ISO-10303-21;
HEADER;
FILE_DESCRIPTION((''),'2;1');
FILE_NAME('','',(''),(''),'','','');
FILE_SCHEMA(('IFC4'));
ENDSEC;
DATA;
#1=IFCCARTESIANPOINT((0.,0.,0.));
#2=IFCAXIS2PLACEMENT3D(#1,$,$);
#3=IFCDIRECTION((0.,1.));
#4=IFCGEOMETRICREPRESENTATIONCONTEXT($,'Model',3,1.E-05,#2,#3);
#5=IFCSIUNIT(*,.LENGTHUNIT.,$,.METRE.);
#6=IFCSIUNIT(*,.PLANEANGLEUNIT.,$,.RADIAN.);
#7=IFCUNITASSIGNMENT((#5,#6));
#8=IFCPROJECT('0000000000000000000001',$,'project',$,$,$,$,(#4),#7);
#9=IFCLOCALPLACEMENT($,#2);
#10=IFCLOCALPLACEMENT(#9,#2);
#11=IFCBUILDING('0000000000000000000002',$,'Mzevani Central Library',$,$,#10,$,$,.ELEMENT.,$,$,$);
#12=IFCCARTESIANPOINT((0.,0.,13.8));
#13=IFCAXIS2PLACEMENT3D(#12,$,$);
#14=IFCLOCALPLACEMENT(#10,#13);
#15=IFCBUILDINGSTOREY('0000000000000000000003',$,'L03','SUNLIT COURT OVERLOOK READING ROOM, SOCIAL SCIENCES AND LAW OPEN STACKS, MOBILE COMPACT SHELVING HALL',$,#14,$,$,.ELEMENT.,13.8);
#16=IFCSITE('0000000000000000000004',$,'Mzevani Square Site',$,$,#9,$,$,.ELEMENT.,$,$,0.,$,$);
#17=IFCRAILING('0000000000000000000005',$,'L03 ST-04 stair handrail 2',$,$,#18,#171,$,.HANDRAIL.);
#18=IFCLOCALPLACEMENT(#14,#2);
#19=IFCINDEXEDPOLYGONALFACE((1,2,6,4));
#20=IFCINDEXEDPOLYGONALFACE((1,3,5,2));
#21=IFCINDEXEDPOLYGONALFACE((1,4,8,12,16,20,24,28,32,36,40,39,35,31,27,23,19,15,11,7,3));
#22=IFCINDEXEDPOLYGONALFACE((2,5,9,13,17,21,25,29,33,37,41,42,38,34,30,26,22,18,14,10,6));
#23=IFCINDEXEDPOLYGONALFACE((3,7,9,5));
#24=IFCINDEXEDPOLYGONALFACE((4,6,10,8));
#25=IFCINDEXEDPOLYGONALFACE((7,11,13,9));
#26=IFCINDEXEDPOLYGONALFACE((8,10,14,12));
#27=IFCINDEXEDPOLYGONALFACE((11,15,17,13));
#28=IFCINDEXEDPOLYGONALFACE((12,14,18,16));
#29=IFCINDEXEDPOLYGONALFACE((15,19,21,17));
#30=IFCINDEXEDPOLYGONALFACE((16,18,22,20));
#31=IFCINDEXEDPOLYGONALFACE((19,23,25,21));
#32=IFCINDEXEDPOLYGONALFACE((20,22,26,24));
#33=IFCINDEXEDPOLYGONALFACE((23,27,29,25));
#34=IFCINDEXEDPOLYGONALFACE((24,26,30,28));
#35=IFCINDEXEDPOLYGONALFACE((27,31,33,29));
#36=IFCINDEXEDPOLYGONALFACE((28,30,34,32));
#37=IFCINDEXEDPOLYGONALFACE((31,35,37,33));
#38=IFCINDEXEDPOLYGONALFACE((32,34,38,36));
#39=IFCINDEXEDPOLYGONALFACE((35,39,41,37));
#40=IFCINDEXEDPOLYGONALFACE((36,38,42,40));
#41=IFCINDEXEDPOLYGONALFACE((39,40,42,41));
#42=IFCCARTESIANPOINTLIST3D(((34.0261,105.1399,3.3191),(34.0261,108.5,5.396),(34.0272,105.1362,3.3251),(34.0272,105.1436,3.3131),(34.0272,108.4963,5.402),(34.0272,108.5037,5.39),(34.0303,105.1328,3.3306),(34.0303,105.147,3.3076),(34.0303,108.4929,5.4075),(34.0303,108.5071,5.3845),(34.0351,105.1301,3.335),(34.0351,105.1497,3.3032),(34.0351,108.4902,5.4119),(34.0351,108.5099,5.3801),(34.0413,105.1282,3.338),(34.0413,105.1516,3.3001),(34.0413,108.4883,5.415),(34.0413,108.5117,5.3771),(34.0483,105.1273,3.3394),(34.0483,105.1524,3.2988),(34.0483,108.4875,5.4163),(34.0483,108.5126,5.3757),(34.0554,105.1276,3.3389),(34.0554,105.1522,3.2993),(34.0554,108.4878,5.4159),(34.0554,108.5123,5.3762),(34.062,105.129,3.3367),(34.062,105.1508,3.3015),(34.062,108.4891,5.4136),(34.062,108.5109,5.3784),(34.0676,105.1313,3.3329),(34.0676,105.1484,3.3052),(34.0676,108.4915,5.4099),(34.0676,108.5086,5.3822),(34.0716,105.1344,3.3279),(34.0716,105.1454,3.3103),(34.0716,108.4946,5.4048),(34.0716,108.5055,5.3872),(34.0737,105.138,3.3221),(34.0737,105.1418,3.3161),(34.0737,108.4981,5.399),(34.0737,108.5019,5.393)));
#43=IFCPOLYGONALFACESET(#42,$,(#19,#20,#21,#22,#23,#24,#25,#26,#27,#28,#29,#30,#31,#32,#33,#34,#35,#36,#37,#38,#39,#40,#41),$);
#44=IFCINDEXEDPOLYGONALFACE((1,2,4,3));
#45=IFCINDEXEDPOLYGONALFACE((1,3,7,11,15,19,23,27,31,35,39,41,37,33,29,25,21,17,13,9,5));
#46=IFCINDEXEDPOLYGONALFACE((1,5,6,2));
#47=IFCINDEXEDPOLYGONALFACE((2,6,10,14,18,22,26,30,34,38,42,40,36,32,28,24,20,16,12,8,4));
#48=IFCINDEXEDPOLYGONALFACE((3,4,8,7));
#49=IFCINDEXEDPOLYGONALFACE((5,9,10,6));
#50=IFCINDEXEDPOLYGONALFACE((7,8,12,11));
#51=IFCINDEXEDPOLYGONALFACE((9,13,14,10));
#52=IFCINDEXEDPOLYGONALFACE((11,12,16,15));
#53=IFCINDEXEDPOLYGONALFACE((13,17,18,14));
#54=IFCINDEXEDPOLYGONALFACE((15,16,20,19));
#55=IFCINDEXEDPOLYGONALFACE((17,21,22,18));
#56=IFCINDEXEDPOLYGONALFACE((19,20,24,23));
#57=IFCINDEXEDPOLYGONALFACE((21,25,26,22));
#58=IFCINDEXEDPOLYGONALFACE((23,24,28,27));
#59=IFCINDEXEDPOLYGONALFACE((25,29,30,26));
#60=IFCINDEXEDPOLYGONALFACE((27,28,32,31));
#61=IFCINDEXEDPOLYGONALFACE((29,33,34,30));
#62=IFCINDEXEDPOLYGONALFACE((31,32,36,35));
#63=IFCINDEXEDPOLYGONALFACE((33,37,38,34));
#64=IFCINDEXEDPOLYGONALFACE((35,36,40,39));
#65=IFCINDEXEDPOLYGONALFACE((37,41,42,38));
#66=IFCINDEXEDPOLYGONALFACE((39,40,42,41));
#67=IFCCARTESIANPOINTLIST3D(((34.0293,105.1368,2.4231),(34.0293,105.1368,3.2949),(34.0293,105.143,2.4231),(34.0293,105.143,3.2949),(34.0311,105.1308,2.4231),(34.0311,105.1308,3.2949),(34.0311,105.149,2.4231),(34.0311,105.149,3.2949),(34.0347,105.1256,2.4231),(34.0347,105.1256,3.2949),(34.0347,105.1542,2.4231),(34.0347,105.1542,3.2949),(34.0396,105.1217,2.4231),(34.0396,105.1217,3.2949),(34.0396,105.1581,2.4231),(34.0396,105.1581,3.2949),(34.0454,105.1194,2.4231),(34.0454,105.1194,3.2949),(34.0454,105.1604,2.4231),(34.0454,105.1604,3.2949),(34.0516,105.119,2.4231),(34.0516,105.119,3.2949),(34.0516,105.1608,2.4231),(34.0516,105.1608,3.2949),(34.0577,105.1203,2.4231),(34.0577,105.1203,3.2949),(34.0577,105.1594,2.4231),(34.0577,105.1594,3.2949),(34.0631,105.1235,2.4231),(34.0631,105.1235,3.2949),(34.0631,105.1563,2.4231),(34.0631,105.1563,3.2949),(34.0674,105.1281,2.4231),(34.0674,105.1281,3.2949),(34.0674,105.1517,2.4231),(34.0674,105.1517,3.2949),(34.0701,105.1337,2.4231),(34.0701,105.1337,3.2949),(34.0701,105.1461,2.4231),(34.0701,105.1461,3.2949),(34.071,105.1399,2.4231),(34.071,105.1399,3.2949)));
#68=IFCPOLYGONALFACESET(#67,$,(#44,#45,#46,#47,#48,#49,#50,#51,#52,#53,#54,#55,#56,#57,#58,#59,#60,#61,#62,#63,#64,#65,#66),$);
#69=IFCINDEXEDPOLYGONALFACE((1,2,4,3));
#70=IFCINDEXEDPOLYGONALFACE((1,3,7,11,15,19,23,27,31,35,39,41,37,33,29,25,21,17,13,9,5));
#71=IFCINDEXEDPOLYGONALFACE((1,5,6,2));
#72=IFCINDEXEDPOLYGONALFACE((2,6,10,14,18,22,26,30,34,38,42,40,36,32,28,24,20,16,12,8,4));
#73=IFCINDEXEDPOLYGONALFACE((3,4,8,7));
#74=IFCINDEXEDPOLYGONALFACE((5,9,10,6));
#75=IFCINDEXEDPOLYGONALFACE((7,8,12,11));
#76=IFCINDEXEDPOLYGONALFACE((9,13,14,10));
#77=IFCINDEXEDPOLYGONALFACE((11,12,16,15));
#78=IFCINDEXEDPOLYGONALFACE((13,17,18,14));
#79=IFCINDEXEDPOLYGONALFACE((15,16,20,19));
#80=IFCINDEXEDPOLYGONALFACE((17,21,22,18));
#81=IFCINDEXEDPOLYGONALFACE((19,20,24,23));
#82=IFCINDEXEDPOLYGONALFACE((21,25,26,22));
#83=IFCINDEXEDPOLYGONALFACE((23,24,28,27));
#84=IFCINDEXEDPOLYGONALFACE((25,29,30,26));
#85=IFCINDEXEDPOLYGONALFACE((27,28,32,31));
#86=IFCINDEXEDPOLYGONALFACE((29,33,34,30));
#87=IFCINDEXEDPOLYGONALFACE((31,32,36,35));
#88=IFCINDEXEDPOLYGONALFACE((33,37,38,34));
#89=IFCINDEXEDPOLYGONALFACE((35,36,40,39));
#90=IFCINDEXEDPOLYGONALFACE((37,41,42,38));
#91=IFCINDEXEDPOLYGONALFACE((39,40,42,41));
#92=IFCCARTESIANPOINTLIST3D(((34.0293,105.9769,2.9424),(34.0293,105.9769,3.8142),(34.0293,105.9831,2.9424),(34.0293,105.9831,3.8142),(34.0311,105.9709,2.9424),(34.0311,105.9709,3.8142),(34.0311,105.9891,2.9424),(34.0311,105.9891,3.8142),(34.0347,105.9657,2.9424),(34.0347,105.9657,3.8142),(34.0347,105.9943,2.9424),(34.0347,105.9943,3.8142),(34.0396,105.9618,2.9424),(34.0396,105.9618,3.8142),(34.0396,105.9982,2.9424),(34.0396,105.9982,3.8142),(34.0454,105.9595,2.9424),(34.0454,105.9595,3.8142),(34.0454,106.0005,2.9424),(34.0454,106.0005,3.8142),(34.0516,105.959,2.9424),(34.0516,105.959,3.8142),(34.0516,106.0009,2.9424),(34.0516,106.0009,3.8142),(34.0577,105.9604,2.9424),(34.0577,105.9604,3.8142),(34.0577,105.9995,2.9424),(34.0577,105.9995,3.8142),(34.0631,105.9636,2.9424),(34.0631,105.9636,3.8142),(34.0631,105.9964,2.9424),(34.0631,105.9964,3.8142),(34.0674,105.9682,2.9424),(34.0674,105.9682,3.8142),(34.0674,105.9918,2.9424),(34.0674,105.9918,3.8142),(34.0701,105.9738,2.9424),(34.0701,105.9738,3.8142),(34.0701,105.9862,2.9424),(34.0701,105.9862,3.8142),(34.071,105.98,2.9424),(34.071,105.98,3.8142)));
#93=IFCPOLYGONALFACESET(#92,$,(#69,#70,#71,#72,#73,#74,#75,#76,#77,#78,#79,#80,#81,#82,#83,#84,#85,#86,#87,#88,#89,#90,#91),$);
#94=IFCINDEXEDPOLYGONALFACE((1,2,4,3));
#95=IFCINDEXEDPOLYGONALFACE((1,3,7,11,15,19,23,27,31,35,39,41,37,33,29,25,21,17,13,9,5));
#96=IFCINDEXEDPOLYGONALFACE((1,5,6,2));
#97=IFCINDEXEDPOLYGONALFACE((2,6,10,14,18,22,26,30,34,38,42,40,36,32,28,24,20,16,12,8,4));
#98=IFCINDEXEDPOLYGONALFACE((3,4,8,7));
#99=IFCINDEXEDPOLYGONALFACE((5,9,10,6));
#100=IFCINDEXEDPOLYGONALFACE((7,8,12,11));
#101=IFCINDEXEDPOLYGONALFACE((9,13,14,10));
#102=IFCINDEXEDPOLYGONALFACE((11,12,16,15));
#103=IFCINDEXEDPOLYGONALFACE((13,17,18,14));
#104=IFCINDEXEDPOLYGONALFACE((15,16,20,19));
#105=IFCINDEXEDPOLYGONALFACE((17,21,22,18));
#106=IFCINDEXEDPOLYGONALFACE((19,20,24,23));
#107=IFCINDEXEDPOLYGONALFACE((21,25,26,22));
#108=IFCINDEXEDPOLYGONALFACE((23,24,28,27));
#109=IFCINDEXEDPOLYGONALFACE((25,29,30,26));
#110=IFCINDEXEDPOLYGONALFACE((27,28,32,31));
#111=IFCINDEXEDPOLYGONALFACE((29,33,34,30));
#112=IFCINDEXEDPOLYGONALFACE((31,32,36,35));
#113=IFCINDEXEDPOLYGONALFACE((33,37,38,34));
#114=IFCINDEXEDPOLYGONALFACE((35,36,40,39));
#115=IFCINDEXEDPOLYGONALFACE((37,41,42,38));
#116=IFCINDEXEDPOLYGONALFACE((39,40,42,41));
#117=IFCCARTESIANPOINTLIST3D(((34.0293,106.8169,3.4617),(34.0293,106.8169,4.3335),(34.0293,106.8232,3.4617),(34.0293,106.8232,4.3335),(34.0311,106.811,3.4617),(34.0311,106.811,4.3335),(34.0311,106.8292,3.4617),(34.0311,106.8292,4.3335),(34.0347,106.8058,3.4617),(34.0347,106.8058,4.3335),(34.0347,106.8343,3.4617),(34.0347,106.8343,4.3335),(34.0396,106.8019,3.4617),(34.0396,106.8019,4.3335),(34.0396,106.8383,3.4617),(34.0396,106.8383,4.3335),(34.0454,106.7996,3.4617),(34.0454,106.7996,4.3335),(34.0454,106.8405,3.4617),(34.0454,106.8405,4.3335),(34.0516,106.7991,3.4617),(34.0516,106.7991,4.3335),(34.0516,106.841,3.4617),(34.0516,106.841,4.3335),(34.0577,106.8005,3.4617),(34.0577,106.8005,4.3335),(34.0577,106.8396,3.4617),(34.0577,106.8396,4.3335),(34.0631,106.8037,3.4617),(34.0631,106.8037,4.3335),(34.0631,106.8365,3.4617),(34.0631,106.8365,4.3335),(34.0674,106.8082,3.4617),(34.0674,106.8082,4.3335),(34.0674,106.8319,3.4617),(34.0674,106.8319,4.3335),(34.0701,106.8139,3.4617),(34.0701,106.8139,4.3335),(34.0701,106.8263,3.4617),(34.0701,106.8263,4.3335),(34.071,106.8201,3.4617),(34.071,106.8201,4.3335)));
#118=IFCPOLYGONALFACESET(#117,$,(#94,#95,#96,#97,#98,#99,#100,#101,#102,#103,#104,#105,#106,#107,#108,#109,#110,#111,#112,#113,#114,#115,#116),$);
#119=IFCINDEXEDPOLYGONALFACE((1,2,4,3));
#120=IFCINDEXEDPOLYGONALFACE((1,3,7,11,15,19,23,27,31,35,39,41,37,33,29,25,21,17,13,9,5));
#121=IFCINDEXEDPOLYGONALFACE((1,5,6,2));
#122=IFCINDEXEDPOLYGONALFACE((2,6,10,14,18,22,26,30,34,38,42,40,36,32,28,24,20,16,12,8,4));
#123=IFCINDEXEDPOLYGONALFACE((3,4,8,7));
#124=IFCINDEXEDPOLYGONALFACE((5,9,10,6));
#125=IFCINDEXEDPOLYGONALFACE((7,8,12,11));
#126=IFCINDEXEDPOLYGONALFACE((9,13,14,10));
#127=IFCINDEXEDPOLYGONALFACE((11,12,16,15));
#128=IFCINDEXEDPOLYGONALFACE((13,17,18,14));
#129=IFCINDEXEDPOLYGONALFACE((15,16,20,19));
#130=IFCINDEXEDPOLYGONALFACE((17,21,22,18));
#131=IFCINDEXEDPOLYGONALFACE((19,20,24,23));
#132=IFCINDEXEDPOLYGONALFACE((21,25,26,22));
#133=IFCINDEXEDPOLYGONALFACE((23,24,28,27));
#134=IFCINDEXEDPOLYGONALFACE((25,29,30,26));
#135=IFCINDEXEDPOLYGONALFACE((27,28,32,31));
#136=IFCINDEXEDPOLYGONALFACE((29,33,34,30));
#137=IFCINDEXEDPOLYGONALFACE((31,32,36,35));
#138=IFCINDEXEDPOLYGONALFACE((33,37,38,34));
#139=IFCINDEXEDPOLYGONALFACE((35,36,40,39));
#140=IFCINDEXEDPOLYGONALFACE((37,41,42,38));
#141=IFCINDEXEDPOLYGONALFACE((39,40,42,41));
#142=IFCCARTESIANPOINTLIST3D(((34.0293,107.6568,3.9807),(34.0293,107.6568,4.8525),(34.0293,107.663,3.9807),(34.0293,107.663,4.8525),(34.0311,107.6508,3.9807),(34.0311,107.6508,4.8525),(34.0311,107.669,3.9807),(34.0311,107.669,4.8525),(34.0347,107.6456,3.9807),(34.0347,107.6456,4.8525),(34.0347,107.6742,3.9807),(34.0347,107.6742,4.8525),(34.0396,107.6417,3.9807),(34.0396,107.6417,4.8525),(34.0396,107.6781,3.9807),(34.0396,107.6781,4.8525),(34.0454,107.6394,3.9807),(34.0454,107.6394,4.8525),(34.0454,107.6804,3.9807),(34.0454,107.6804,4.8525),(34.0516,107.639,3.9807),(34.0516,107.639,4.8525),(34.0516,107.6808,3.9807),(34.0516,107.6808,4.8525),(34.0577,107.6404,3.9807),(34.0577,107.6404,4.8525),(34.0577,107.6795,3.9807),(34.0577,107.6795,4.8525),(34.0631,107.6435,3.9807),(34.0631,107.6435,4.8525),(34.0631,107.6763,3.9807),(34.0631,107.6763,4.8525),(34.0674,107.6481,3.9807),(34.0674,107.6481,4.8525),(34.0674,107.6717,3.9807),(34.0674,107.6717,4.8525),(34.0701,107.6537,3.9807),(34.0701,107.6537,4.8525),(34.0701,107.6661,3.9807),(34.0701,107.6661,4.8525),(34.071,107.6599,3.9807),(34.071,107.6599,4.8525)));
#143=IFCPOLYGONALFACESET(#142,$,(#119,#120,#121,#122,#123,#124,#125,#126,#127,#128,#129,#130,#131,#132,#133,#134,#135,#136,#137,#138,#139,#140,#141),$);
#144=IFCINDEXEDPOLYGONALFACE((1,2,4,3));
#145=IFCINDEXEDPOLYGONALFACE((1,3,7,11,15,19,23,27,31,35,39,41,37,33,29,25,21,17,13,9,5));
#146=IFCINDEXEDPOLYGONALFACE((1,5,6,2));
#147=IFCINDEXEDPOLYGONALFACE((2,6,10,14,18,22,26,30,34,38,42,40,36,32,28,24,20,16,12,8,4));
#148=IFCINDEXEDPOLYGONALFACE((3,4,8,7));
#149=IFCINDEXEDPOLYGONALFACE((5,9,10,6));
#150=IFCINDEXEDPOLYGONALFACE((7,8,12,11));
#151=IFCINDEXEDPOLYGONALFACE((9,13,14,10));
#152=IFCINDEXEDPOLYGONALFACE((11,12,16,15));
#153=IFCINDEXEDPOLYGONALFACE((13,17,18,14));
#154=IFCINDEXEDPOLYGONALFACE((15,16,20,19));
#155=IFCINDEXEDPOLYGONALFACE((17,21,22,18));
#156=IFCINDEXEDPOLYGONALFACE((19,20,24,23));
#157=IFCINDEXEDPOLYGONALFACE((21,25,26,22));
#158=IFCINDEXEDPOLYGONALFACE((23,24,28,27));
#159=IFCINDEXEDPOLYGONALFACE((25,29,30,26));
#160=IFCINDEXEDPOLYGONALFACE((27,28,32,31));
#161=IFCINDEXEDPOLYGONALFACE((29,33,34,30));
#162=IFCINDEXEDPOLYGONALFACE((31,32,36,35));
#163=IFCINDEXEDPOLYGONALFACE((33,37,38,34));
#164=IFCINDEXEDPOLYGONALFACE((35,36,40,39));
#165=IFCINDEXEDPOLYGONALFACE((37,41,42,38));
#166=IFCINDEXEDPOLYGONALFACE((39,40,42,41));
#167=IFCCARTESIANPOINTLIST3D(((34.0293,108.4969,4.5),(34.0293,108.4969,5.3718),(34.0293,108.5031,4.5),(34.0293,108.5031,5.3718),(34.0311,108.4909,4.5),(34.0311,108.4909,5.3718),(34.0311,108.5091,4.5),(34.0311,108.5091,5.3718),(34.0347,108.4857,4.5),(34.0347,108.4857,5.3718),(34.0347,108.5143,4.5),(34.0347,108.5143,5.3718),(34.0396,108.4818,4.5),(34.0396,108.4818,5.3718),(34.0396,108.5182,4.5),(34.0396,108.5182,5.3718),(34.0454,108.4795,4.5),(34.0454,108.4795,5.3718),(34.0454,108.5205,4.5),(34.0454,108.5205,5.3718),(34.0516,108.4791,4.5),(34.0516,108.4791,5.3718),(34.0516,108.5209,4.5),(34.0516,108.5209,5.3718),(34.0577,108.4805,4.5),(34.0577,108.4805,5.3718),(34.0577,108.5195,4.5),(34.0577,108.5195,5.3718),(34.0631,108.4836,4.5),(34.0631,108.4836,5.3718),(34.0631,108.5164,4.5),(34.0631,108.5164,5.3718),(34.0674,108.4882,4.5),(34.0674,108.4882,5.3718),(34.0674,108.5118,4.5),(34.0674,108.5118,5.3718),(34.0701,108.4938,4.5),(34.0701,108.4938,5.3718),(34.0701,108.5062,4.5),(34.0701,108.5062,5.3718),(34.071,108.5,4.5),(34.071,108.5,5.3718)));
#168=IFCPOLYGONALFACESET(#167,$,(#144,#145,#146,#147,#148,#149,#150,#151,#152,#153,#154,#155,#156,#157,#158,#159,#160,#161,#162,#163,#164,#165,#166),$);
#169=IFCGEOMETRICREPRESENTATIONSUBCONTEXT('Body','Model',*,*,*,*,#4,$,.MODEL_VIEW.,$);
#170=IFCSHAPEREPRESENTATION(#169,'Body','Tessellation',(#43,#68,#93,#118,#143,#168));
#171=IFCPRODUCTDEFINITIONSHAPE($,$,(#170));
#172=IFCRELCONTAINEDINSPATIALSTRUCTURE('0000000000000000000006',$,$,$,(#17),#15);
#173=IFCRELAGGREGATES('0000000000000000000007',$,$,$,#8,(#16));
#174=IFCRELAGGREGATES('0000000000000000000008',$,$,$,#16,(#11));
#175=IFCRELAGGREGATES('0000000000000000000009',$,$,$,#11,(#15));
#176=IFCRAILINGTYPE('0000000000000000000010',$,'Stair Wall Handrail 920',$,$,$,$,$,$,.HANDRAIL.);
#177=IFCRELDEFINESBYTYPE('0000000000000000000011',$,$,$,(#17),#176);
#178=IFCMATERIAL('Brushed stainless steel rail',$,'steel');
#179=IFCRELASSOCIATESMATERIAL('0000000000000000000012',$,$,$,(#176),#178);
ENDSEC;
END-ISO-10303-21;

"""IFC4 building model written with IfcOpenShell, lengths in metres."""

from ifc_helpers import new_model, si_unit, direction, frame, origin, origin_2d, place, context, subcontext, project, spatial, circle, extrude, material, type_object, element, save


model = new_model("IFC4")

# Units and contexts
model_context = context("Model", 3, precision=1e-05, world=origin(), true_north=direction((0.0, 1.0)))
body_context = subcontext(model_context, "Body", "Model", "MODEL_VIEW")
ifc_project = project(units=[si_unit("LENGTHUNIT", "METRE"), si_unit("PLANEANGLEUNIT", "RADIAN")], contexts=[model_context])

# Site, building, storey
site_placement = place(None, origin())
site = spatial("IfcSite", under=ifc_project, at=site_placement, Name="Mzevani Square Site", CompositionType="ELEMENT", RefElevation=0.0)
building_placement = place(site_placement, origin())
building = spatial("IfcBuilding", under=site, at=building_placement, Name="Mzevani Central Library", CompositionType="ELEMENT")
storey_placement = place(building_placement, frame((0.0, 0.0, 13.8)))
storey = spatial("IfcBuildingStorey", under=building, at=storey_placement, Name="L03", Description="SUNLIT COURT OVERLOOK READING ROOM, SOCIAL SCIENCES AND LAW OPEN STACKS, MOBILE COMPACT SHELVING HALL", CompositionType="ELEMENT", Elevation=13.8)

# Railing
ifc_material_1 = material(Name="Brushed stainless steel rail", Category="steel")
railing_type_1 = type_object("IfcRailingType", Name="Stair Wall Handrail 920", PredefinedType="HANDRAIL", material=ifc_material_1)
railing_1_placement = place(storey_placement, frame((34.05, 105.1399, 2.4231)))
element("IfcRailing", 1, at=railing_1_placement, inside=storey, type_object=railing_type_1, Name="L03 ST-04 stair handrail 2", PredefinedType="HANDRAIL", context=body_context, shape_type="SweptSolid", body=[
    extrude(circle(Radius=0.0239, at=origin_2d()), frame((0.0, 0.0, 0.896), z_axis=(0.0, 0.850623, 0.525776), x_axis=(-1.0, 0.0, 0.0)), (0.0, 0.0, 1.0), 3.9502),
    extrude(circle(Radius=0.021, at=origin_2d()), origin(), (0.0, 0.0, 1.0), 0.8718),
    extrude(circle(Radius=0.021, at=origin_2d()), frame((0.0, 0.8401, 0.5193)), (0.0, 0.0, 1.0), 0.8718),
    extrude(circle(Radius=0.021, at=origin_2d()), frame((0.0, 1.6802, 1.0386)), (0.0, 0.0, 1.0), 0.8718),
    extrude(circle(Radius=0.021, at=origin_2d()), frame((0.0, 2.52, 1.5576)), (0.0, 0.0, 1.0), 0.8718),
    extrude(circle(Radius=0.021, at=origin_2d()), frame((0.0, 3.3601, 2.0769)), (0.0, 0.0, 1.0), 0.8718),
])

save(model, "model.ifc")
